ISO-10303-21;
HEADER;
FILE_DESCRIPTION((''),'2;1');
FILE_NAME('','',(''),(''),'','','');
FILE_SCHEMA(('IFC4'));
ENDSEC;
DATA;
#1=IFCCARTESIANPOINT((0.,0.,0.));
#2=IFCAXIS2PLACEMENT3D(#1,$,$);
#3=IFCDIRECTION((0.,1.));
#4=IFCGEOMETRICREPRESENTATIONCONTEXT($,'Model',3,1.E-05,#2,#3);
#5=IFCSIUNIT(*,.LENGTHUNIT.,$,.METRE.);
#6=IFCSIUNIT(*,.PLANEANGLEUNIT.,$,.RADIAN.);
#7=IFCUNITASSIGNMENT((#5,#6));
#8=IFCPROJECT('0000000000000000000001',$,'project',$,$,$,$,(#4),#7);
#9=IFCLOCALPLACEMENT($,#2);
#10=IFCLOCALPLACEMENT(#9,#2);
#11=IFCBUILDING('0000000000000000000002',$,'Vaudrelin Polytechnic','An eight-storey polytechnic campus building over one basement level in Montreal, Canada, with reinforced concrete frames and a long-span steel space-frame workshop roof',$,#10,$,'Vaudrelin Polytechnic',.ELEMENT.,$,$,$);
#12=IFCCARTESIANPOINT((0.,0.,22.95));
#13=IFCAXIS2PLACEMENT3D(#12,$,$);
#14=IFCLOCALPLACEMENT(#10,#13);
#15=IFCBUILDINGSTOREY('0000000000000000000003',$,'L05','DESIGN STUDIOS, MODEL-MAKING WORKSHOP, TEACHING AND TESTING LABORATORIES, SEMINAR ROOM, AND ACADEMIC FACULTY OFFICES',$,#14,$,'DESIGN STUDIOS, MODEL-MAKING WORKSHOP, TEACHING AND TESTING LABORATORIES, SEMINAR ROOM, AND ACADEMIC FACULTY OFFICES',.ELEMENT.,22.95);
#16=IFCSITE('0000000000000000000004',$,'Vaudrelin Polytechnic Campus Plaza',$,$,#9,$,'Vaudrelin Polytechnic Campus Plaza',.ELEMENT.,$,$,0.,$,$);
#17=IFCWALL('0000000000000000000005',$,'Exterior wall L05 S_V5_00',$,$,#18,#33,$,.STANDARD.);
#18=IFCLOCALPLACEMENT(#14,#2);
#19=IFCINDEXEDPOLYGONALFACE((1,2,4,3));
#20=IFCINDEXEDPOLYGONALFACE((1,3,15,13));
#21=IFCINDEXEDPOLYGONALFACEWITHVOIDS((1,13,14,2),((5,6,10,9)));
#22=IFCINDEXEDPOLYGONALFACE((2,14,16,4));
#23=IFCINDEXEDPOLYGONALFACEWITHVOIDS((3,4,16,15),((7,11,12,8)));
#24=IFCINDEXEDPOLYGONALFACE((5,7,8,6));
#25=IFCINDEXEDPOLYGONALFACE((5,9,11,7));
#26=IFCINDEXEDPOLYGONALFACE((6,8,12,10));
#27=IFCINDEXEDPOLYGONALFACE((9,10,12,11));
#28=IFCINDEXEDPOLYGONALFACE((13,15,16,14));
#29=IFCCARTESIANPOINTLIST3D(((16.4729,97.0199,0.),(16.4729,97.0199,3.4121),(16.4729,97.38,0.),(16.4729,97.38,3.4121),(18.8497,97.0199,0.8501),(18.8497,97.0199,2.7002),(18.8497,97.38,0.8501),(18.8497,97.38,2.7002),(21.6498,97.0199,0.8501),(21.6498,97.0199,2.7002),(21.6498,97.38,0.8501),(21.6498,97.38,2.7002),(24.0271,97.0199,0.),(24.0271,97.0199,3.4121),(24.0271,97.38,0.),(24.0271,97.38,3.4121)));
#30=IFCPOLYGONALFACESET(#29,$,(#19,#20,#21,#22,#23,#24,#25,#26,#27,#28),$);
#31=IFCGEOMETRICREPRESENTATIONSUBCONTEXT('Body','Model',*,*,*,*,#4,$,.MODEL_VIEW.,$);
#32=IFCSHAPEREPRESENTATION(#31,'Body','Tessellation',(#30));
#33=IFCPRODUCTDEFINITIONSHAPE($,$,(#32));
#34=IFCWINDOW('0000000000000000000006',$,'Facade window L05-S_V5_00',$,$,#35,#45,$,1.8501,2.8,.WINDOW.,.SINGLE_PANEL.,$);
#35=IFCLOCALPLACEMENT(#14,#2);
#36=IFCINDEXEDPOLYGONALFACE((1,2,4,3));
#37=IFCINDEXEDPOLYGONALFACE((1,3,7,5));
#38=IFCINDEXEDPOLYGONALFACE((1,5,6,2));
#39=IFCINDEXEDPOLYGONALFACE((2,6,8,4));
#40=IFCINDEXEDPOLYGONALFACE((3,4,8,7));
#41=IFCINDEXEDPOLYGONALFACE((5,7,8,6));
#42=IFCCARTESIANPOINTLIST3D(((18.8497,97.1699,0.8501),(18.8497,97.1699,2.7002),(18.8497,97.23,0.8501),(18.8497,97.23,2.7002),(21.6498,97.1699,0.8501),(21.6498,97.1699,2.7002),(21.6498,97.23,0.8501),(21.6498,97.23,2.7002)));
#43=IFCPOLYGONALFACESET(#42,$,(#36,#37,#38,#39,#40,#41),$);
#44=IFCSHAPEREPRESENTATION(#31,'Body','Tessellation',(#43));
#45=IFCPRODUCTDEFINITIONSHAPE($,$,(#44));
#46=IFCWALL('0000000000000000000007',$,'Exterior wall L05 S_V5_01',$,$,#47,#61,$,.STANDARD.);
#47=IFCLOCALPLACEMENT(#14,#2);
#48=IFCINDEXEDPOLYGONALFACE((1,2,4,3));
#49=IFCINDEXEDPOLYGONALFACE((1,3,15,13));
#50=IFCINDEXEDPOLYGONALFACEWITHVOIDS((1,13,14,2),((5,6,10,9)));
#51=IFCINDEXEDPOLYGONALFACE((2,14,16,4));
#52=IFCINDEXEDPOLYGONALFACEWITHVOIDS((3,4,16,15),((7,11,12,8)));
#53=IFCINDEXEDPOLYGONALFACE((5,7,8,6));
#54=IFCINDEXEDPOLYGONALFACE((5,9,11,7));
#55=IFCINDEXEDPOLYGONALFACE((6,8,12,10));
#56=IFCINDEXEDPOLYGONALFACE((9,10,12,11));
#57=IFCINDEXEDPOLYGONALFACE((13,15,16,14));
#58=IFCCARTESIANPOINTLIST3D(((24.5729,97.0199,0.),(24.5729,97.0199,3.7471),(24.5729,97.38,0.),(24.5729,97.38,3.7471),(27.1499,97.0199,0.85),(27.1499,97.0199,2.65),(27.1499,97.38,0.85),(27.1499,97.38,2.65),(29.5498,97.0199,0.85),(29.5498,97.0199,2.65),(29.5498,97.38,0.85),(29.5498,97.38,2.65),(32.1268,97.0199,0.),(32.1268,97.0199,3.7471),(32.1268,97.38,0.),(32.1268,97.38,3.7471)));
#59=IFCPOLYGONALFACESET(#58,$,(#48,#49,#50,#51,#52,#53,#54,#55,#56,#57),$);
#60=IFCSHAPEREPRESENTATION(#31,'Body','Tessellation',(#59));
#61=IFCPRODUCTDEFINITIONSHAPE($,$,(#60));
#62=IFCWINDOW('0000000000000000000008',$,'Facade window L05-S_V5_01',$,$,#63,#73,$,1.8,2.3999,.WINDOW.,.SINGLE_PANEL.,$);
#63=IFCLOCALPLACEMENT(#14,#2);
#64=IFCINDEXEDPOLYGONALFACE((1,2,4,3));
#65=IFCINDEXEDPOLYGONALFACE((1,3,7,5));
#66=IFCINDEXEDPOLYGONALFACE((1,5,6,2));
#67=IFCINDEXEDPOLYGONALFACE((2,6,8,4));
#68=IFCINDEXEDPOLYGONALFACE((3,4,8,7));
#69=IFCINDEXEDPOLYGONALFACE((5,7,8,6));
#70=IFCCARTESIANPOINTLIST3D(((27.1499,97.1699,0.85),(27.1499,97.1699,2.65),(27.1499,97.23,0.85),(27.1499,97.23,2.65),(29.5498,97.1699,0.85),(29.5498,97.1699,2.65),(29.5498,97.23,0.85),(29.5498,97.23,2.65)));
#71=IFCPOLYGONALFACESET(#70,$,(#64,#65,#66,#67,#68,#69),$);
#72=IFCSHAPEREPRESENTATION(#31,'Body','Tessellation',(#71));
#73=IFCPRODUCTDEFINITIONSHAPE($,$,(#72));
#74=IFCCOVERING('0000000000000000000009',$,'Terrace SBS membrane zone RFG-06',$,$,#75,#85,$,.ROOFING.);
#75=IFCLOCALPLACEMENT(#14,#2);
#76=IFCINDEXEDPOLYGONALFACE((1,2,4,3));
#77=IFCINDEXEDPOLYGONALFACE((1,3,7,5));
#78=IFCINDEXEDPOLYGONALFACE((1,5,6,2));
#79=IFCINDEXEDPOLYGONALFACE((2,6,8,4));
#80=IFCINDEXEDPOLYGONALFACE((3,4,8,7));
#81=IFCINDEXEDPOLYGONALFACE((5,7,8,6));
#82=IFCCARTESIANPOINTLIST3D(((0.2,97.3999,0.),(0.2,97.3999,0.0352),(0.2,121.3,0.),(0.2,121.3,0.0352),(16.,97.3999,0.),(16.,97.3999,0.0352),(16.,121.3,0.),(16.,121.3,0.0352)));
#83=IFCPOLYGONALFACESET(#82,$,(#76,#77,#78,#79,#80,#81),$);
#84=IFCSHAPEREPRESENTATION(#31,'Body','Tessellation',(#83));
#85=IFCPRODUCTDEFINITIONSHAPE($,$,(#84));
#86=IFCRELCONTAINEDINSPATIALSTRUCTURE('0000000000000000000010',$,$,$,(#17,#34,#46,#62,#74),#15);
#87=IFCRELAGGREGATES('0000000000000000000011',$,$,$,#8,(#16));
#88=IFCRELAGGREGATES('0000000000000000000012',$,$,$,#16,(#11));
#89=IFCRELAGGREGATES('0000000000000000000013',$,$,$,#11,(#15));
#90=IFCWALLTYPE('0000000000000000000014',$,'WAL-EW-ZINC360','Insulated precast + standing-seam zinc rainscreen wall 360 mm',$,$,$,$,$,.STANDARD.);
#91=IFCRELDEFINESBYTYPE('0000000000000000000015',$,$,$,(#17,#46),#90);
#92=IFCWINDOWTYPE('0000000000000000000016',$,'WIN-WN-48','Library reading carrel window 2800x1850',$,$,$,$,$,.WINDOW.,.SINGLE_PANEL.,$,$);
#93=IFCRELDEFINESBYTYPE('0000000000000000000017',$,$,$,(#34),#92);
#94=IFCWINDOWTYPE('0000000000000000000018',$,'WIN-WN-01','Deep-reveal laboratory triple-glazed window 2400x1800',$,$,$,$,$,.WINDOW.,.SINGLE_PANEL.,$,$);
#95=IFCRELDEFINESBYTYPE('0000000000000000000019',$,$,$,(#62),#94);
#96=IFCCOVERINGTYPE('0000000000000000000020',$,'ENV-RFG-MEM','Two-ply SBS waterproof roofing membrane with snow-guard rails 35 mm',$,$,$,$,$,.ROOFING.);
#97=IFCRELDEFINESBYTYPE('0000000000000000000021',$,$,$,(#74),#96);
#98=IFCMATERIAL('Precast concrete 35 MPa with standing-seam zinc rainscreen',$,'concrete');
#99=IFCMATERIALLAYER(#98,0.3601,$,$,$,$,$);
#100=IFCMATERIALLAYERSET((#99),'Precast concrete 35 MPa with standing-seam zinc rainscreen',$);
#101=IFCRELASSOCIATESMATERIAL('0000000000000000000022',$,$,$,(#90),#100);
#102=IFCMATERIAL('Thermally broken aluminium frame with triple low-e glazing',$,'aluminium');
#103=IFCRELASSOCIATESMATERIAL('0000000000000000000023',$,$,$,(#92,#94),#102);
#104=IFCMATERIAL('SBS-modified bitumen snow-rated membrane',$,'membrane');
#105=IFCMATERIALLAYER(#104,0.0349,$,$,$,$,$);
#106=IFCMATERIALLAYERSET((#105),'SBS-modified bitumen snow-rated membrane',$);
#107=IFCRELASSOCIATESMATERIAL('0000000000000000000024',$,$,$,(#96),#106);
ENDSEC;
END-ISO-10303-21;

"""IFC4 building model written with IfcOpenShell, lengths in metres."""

from ifc_helpers import new_model, si_unit, direction, frame, frame_2d, origin, place, context, subcontext, project, spatial, polyline, rectangle, outline, extrude, material, layer, layer_set, type_object, element, fill, save


model = new_model("IFC4")

# Units and contexts
model_context = context("Model", 3, precision=1e-05, world=origin(), true_north=direction((0.0, 1.0)))
body_context = subcontext(model_context, "Body", "Model", "MODEL_VIEW")
ifc_project = project(units=[si_unit("LENGTHUNIT", "METRE"), si_unit("PLANEANGLEUNIT", "RADIAN")], contexts=[model_context])

# Site, building, storey
site_placement = place(None, origin())
site = spatial("IfcSite", under=ifc_project, at=site_placement, Name="Vaudrelin Polytechnic Campus Plaza", LongName="Vaudrelin Polytechnic Campus Plaza", CompositionType="ELEMENT", RefElevation=0.0)
building_placement = place(site_placement, origin())
building = spatial("IfcBuilding", under=site, at=building_placement, Name="Vaudrelin Polytechnic", Description="An eight-storey polytechnic campus building over one basement level in Montreal, Canada, with reinforced concrete frames and a long-span steel space-frame workshop roof", LongName="Vaudrelin Polytechnic", CompositionType="ELEMENT")
storey_placement = place(building_placement, frame((0.0, 0.0, 22.95)))
storey = spatial("IfcBuildingStorey", under=building, at=storey_placement, Name="L05", Description="DESIGN STUDIOS, MODEL-MAKING WORKSHOP, TEACHING AND TESTING LABORATORIES, SEMINAR ROOM, AND ACADEMIC FACULTY OFFICES", LongName="DESIGN STUDIOS, MODEL-MAKING WORKSHOP, TEACHING AND TESTING LABORATORIES, SEMINAR ROOM, AND ACADEMIC FACULTY OFFICES", CompositionType="ELEMENT", Elevation=22.95)

# Walls, openings, windows
ifc_material_1 = material(Name="Precast concrete 35 MPa with standing-seam zinc rainscreen", Category="concrete")
ifc_layer_1 = layer(ifc_material_1, 0.3601)
ifc_layer_set_1 = layer_set([ifc_layer_1], Name="Precast concrete 35 MPa with standing-seam zinc rainscreen")
wall_type = type_object("IfcWallType", Name="WAL-EW-ZINC360", Description="Insulated precast + standing-seam zinc rainscreen wall 360 mm", PredefinedType="STANDARD", material=ifc_layer_set_1)
wall_1_placement = place(storey_placement, frame((16.4729, 97.2, 0.0), z_axis=(0.0, 0.0, 1.0), x_axis=(1.0, 0.0, 0.0)))
wall_1 = element("IfcWall", 1, at=wall_1_placement, inside=storey, type_object=wall_type, Name="Exterior wall L05 S_V5_00", PredefinedType="STANDARD", context=body_context, shape_type="SweptSolid", body=[
    extrude(rectangle(XDim=7.5542, YDim=0.3601, at=frame_2d((3.7771, 0.0))), origin(), (0.0, 0.0, 1.0), 3.4121),
])
opening_1_placement = place(wall_1_placement, frame((2.377, 0.0, 0.8501)))
opening_1 = element("IfcOpeningElement", 2, at=opening_1_placement, cuts=wall_1, PredefinedType="OPENING", context=body_context, shape_type="SweptSolid", body=[
    extrude(rectangle(XDim=2.8, YDim=1.8501, at=frame_2d((1.3999, 0.925))), frame((0.0, 0.1899, 0.0), z_axis=(0.0, -1.0, 0.0), x_axis=(1.0, 0.0, 0.0)), (0.0, 0.0, 1.0), 0.3801),
])
ifc_material_2 = material(Name="Thermally broken aluminium frame with triple low-e glazing", Category="aluminium")
window_type_1 = type_object("IfcWindowType", Name="WIN-WN-48", Description="Library reading carrel window 2800x1850", PartitioningType="SINGLE_PANEL", PredefinedType="WINDOW", material=ifc_material_2)
window_1_placement = place(opening_1_placement, origin())
window_1 = element("IfcWindow", 3, at=window_1_placement, inside=storey, type_object=window_type_1, Name="Facade window L05-S_V5_00", OverallHeight=1.8501, OverallWidth=2.8, PartitioningType="SINGLE_PANEL", PredefinedType="WINDOW", context=body_context, shape_type="SweptSolid", body=[
    extrude(rectangle(XDim=2.8, YDim=1.8501, at=frame_2d((1.3999, 0.925))), frame((0.0, 0.03, 0.0), z_axis=(0.0, -1.0, 0.0), x_axis=(1.0, 0.0, 0.0)), (0.0, 0.0, 1.0), 0.0601),
])
fill(opening_1, window_1)
wall_2_placement = place(storey_placement, frame((24.573, 97.2, 0.0), z_axis=(0.0, 0.0, 1.0), x_axis=(1.0, 0.0, 0.0)))
wall_2 = element("IfcWall", 4, at=wall_2_placement, inside=storey, type_object=wall_type, Name="Exterior wall L05 S_V5_01", PredefinedType="STANDARD", context=body_context, shape_type="SweptSolid", body=[
    extrude(rectangle(XDim=7.554, YDim=0.3601, at=frame_2d((3.7769, 0.0))), origin(), (0.0, 0.0, 1.0), 3.7471),
])
opening_2_placement = place(wall_2_placement, frame((2.5769, 0.0, 0.8501)))
opening_2 = element("IfcOpeningElement", 5, at=opening_2_placement, cuts=wall_2, PredefinedType="OPENING", context=body_context, shape_type="SweptSolid", body=[
    extrude(rectangle(XDim=2.3999, YDim=1.8, at=frame_2d((1.2, 0.8999))), frame((0.0, 0.1899, 0.0), z_axis=(0.0, -1.0, 0.0), x_axis=(1.0, 0.0, 0.0)), (0.0, 0.0, 1.0), 0.3801),
])
window_type_2 = type_object("IfcWindowType", Name="WIN-WN-01", Description="Deep-reveal laboratory triple-glazed window 2400x1800", PartitioningType="SINGLE_PANEL", PredefinedType="WINDOW", material=ifc_material_2)
window_2_placement = place(opening_2_placement, origin())
window_2 = element("IfcWindow", 6, at=window_2_placement, inside=storey, type_object=window_type_2, Name="Facade window L05-S_V5_01", OverallHeight=1.8, OverallWidth=2.3999, PartitioningType="SINGLE_PANEL", PredefinedType="WINDOW", context=body_context, shape_type="SweptSolid", body=[
    extrude(rectangle(XDim=2.3999, YDim=1.8, at=frame_2d((1.2, 0.8999))), frame((0.0, 0.03, 0.0), z_axis=(0.0, -1.0, 0.0), x_axis=(1.0, 0.0, 0.0)), (0.0, 0.0, 1.0), 0.0601),
])
fill(opening_2, window_2)

# Covering
ifc_material_3 = material(Name="SBS-modified bitumen snow-rated membrane", Category="membrane")
ifc_layer_2 = layer(ifc_material_3, 0.0349)
ifc_layer_set_2 = layer_set([ifc_layer_2], Name="SBS-modified bitumen snow-rated membrane")
covering_type = type_object("IfcCoveringType", Name="ENV-RFG-MEM", Description="Two-ply SBS waterproof roofing membrane with snow-guard rails 35 mm", PredefinedType="ROOFING", material=ifc_layer_set_2)
covering_placement = place(storey_placement, origin())
element("IfcCovering", 7, at=covering_placement, inside=storey, type_object=covering_type, Name="Terrace SBS membrane zone RFG-06", PredefinedType="ROOFING", context=body_context, shape_type="SweptSolid", body=[
    extrude(outline(polyline([(0.2, 97.3999), (16.0, 97.3999), (16.0, 121.3), (0.2, 121.3), (0.2, 97.3999)])), origin(), (0.0, 0.0, 1.0), 0.0352),
])

save(model, "model.ifc")
